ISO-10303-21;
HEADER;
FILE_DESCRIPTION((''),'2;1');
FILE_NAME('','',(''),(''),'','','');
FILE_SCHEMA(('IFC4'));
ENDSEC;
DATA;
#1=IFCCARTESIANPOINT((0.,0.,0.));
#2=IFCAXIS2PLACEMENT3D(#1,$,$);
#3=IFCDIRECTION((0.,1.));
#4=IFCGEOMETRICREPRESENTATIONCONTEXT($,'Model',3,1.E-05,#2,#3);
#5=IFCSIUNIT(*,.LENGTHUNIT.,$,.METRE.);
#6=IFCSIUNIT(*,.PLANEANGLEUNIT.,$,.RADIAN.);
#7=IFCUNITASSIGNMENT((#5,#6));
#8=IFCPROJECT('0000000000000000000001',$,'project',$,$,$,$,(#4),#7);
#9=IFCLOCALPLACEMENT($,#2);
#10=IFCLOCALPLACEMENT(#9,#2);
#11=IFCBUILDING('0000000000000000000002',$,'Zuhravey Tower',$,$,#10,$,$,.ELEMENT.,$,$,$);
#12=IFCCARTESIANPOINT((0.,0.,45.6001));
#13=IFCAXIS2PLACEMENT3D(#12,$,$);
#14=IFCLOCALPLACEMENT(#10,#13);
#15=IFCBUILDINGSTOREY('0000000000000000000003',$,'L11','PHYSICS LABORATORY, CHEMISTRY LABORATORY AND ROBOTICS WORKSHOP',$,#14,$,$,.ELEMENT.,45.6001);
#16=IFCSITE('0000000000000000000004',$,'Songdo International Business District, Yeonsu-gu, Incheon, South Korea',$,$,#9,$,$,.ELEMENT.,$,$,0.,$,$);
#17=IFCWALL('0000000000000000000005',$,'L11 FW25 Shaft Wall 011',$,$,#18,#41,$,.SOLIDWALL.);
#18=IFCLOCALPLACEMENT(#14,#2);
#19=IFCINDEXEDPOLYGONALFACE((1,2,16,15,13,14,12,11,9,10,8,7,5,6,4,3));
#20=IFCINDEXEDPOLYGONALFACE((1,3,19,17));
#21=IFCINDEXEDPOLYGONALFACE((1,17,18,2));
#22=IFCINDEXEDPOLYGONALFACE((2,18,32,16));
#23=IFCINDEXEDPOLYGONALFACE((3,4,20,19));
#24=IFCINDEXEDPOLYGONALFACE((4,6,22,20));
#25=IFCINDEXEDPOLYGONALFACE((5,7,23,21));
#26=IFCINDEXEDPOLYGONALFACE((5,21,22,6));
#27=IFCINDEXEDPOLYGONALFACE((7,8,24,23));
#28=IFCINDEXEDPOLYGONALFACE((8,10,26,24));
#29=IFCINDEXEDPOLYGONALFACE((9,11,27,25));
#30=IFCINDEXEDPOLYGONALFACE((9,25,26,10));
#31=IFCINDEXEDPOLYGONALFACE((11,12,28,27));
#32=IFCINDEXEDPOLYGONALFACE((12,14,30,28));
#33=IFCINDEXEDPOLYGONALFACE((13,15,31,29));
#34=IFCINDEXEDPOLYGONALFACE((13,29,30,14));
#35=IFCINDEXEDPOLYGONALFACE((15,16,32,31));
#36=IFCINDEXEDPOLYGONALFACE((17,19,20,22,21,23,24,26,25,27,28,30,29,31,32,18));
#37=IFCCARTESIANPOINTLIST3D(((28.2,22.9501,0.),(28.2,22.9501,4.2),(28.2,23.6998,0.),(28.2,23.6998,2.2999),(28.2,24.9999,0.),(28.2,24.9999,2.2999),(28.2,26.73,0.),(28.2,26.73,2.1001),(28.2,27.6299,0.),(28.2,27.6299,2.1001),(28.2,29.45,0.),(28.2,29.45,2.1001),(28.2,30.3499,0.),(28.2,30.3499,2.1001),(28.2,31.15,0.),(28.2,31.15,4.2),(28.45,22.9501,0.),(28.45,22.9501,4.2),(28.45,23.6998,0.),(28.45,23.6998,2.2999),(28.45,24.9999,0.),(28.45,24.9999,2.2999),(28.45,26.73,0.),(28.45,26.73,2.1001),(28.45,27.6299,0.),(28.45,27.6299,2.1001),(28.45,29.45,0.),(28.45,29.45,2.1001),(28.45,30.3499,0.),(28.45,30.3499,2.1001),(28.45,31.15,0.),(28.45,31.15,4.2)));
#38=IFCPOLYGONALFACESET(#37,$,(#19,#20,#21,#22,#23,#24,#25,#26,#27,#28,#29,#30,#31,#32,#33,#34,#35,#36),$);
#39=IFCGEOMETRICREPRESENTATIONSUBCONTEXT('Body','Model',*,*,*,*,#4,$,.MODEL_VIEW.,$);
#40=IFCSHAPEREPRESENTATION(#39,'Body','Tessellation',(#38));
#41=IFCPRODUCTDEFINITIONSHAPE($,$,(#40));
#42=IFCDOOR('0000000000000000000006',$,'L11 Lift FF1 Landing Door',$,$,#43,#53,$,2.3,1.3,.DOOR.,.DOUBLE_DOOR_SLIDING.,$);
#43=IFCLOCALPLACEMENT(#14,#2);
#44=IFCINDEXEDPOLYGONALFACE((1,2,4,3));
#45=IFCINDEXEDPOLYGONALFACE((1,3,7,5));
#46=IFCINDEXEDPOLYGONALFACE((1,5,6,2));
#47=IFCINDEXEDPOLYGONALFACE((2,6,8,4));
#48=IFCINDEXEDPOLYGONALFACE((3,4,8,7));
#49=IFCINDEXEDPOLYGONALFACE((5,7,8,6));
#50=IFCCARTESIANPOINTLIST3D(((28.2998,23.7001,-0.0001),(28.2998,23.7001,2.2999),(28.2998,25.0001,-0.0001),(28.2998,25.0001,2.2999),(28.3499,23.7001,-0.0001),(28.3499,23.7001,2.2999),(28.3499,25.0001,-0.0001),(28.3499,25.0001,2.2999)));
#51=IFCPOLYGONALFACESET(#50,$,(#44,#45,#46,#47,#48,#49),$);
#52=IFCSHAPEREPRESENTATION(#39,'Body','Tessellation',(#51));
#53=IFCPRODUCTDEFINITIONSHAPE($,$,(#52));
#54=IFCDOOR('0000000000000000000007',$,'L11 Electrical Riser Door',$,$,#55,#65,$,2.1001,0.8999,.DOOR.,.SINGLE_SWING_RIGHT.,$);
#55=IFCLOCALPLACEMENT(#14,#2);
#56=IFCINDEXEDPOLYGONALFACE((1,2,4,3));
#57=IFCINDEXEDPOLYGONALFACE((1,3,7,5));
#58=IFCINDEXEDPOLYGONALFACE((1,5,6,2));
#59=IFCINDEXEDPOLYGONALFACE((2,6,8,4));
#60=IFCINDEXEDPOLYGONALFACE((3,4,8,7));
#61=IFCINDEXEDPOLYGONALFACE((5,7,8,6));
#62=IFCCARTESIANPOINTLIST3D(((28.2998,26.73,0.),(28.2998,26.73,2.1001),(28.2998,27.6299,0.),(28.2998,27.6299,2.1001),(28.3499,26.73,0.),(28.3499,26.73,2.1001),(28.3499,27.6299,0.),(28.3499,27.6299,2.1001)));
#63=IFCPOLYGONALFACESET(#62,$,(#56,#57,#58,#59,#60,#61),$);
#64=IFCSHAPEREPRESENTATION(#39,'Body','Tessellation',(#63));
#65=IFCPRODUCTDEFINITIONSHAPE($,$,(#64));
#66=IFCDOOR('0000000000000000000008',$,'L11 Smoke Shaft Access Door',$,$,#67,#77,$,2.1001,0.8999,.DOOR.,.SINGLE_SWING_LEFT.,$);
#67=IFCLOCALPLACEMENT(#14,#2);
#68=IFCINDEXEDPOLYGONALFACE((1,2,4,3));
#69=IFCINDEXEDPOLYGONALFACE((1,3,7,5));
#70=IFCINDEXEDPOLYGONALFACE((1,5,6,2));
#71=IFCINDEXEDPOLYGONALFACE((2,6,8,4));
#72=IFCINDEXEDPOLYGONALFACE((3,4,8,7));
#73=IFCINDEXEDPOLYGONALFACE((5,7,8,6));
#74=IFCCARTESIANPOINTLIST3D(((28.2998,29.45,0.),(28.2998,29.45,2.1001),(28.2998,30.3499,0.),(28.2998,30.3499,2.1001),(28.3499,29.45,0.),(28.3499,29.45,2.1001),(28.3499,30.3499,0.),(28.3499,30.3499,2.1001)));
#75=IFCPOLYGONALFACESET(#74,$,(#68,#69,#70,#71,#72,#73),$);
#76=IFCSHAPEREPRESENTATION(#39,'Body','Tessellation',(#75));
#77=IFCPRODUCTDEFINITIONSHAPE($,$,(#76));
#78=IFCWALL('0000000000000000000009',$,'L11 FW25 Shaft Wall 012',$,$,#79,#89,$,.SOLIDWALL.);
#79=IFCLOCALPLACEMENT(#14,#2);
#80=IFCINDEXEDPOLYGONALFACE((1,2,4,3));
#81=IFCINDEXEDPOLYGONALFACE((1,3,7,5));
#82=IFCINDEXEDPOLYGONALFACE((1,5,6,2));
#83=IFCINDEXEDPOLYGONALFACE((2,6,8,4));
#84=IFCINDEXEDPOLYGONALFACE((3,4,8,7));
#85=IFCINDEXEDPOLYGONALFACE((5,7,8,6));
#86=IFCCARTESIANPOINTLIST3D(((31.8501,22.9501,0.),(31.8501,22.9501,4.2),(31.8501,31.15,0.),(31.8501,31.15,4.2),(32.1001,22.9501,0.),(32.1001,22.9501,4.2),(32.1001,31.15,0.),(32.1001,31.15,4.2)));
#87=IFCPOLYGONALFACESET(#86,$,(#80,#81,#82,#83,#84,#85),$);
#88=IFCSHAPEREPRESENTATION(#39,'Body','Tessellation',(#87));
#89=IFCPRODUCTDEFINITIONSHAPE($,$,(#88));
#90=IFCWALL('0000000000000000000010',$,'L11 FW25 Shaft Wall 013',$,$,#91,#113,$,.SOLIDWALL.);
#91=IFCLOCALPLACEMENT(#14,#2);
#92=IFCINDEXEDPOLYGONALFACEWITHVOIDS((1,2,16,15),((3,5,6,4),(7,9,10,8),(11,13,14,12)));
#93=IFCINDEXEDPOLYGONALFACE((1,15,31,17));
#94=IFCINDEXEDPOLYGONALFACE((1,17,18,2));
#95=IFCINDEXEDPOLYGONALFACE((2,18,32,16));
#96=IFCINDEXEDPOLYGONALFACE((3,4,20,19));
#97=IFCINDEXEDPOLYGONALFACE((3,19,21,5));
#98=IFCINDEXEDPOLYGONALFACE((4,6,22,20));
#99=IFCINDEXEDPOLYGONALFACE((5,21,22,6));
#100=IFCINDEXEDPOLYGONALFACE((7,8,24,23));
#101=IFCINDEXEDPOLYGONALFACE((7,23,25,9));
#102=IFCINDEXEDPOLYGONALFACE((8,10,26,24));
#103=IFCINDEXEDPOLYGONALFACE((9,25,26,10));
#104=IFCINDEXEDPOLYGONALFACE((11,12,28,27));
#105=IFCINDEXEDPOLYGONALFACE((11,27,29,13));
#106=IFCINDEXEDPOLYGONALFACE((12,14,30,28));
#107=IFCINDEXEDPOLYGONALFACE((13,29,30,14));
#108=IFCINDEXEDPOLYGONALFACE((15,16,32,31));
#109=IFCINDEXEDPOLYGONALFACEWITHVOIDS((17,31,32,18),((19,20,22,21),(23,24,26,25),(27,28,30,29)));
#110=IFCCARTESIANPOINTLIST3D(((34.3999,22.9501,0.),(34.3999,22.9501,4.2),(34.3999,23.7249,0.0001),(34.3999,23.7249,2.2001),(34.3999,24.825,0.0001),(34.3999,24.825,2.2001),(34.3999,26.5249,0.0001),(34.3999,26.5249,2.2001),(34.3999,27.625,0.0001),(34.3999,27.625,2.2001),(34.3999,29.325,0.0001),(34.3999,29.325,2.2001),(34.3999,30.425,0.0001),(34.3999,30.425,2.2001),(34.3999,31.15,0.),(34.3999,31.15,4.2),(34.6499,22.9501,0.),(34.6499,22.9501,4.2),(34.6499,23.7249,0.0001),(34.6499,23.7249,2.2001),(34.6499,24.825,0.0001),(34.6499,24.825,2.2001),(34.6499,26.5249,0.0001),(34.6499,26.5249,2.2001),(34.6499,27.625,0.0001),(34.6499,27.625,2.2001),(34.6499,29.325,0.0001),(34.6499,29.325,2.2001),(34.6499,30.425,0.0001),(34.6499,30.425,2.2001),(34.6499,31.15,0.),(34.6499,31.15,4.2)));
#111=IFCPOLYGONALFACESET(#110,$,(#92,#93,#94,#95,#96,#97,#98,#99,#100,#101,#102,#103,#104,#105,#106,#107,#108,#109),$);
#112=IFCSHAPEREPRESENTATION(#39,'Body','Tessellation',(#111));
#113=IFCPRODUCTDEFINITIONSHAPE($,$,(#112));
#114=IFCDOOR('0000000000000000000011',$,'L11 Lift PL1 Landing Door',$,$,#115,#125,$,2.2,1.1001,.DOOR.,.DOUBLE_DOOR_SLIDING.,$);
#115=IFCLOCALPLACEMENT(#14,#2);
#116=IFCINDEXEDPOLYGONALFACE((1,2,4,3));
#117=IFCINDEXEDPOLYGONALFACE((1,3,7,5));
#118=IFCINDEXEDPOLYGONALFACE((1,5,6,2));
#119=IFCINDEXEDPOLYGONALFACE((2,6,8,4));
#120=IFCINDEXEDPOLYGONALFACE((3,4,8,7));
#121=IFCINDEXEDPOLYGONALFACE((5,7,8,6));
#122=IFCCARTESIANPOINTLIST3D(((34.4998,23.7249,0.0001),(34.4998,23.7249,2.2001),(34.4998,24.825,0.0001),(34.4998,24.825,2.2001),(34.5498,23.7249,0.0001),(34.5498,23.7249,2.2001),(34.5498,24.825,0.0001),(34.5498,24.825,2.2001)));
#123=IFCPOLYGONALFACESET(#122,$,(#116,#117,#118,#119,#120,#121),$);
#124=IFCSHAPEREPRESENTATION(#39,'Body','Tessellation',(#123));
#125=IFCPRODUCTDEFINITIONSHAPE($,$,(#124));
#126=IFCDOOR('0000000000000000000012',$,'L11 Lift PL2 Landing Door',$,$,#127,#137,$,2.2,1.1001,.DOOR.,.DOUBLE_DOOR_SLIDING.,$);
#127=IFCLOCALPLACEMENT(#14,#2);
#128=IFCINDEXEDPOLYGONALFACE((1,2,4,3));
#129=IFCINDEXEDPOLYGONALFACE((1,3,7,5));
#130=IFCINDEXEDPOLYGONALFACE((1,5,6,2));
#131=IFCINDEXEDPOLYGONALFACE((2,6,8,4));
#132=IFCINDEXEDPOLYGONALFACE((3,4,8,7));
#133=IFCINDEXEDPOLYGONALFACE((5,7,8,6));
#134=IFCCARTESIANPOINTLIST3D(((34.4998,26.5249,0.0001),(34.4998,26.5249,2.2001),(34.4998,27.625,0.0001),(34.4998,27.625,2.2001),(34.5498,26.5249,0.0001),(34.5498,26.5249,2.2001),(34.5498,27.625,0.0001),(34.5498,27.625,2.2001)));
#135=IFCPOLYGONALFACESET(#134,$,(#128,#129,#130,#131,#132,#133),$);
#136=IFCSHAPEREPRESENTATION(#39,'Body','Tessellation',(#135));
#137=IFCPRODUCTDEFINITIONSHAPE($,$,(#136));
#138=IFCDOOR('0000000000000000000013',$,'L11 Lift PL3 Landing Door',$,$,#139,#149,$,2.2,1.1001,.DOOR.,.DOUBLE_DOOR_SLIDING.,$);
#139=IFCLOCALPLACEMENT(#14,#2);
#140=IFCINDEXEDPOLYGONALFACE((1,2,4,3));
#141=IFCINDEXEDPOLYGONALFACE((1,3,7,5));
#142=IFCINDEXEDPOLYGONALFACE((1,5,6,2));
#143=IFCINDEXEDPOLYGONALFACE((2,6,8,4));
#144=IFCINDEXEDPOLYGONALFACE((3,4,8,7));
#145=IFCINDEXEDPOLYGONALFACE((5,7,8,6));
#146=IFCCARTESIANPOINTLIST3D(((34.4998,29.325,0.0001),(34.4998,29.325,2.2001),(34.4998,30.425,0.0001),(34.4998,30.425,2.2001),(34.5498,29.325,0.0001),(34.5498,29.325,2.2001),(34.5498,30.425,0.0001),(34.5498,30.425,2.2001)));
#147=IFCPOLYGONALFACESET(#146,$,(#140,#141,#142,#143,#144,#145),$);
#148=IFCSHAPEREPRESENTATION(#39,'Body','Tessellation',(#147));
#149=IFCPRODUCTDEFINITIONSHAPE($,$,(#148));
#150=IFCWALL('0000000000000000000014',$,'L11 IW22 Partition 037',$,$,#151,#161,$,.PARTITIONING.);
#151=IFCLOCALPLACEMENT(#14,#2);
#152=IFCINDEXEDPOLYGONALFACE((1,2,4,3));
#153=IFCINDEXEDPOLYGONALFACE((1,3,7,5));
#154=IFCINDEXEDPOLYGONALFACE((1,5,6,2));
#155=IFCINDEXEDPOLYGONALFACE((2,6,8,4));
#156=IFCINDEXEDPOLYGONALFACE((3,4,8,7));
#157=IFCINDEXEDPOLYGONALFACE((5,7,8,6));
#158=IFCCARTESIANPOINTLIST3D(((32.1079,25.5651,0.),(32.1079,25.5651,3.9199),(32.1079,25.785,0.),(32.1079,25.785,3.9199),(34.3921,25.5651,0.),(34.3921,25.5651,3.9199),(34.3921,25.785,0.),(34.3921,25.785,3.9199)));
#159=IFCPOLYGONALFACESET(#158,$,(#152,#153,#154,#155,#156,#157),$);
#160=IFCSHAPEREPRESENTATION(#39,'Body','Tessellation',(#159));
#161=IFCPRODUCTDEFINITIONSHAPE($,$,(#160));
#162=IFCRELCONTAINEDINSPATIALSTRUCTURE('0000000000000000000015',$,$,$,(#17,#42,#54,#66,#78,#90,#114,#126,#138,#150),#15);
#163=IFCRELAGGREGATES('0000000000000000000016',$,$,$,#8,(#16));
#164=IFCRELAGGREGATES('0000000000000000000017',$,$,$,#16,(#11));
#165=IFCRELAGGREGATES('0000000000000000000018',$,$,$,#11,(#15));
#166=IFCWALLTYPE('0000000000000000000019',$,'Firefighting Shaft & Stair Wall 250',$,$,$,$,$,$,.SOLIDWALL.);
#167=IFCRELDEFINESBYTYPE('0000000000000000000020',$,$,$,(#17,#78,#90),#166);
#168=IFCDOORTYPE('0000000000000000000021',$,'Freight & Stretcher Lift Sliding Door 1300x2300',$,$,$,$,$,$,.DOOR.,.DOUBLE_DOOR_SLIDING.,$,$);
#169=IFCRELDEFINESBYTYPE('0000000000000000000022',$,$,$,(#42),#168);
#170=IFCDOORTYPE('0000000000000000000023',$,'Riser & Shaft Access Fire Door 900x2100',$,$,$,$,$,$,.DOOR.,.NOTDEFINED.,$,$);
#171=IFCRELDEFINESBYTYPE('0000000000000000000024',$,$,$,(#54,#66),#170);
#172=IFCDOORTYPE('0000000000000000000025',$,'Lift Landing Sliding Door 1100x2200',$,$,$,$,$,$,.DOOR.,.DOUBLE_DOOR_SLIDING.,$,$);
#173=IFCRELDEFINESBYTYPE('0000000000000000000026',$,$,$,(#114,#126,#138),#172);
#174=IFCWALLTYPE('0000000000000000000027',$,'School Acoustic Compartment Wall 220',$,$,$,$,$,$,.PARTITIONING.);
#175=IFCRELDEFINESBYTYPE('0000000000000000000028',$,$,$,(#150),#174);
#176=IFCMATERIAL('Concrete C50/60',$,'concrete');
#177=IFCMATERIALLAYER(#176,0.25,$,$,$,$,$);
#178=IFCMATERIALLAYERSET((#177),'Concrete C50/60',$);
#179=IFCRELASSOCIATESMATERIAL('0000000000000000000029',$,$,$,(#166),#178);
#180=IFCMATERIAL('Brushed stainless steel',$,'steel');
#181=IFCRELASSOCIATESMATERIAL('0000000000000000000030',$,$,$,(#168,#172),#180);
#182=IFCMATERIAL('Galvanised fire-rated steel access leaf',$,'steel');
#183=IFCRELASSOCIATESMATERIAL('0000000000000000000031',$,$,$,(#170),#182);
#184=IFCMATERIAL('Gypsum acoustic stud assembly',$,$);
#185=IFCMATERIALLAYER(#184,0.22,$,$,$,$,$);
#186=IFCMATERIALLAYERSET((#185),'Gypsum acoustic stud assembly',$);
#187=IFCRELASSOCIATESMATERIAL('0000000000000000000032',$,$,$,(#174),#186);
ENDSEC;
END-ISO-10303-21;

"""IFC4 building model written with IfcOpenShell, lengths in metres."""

from ifc_helpers import new_model, si_unit, direction, frame, frame_2d, origin, place, context, subcontext, project, spatial, rectangle, extrude, material, layer, layer_set, type_object, element, fill, save


model = new_model("IFC4")

# Units and contexts
model_context = context("Model", 3, precision=1e-05, world=origin(), true_north=direction((0.0, 1.0)))
body_context = subcontext(model_context, "Body", "Model", "MODEL_VIEW")
ifc_project = project(units=[si_unit("LENGTHUNIT", "METRE"), si_unit("PLANEANGLEUNIT", "RADIAN")], contexts=[model_context])

# Site, building, storey
site_placement = place(None, origin())
site = spatial("IfcSite", under=ifc_project, at=site_placement, Name="Songdo International Business District, Yeonsu-gu, Incheon, South Korea", CompositionType="ELEMENT", RefElevation=0.0)
building_placement = place(site_placement, origin())
building = spatial("IfcBuilding", under=site, at=building_placement, Name="Zuhravey Tower", CompositionType="ELEMENT")
storey_placement = place(building_placement, frame((0.0, 0.0, 45.6001)))
storey = spatial("IfcBuildingStorey", under=building, at=storey_placement, Name="L11", Description="PHYSICS LABORATORY, CHEMISTRY LABORATORY AND ROBOTICS WORKSHOP", CompositionType="ELEMENT", Elevation=45.6001)

# Shared definitions
ifc_material_1 = material(Name="Concrete C50/60", Category="concrete")
ifc_layer_1 = layer(ifc_material_1, 0.25)
ifc_layer_set_1 = layer_set([ifc_layer_1], Name="Concrete C50/60")
wall_type_1 = type_object("IfcWallType", Name="Firefighting Shaft & Stair Wall 250", PredefinedType="SOLIDWALL", material=ifc_layer_set_1)

# Wall, openings, doors
wall_1_placement = place(storey_placement, frame((28.325, 22.95, 0.0), z_axis=(0.0, 0.0, 1.0), x_axis=(0.0, 1.0, 0.0)))
wall_1 = element("IfcWall", 1, at=wall_1_placement, inside=storey, type_object=wall_type_1, Name="L11 FW25 Shaft Wall 011", PredefinedType="SOLIDWALL", context=body_context, shape_type="SweptSolid", body=[
    extrude(rectangle(XDim=8.2, YDim=0.25, at=frame_2d((4.1001, 0.0))), origin(), (0.0, 0.0, 1.0), 4.2),
])
opening_1_placement = place(wall_1_placement, frame((0.75, 0.0, 0.0)))
opening_1 = element("IfcOpeningElement", 2, at=opening_1_placement, cuts=wall_1, PredefinedType="OPENING", context=body_context, shape_type="SweptSolid", body=[
    extrude(rectangle(XDim=1.3, YDim=2.3, at=frame_2d((0.6499, 1.1499))), frame((0.0, 0.137, 0.0), z_axis=(0.0, -1.0, 0.0), x_axis=(1.0, 0.0, 0.0)), (0.0, 0.0, 1.0), 0.2739),
])
opening_2_placement = place(wall_1_placement, frame((3.78, 0.0, 0.0)))
opening_2 = element("IfcOpeningElement", 3, at=opening_2_placement, cuts=wall_1, PredefinedType="OPENING", context=body_context, shape_type="SweptSolid", body=[
    extrude(rectangle(XDim=0.8999, YDim=2.1001, at=frame_2d((0.45, 1.05))), frame((0.0, 0.137, 0.0), z_axis=(0.0, -1.0, 0.0), x_axis=(1.0, 0.0, 0.0)), (0.0, 0.0, 1.0), 0.2739),
])
opening_3_placement = place(wall_1_placement, frame((6.5, 0.0, 0.0)))
opening_3 = element("IfcOpeningElement", 4, at=opening_3_placement, cuts=wall_1, PredefinedType="OPENING", context=body_context, shape_type="SweptSolid", body=[
    extrude(rectangle(XDim=0.8999, YDim=2.1001, at=frame_2d((0.45, 1.05))), frame((0.0, 0.137, 0.0), z_axis=(0.0, -1.0, 0.0), x_axis=(1.0, 0.0, 0.0)), (0.0, 0.0, 1.0), 0.2739),
])
ifc_material_2 = material(Name="Brushed stainless steel", Category="steel")
door_type_1 = type_object("IfcDoorType", Name="Freight & Stretcher Lift Sliding Door 1300x2300", OperationType="DOUBLE_DOOR_SLIDING", PredefinedType="DOOR", material=ifc_material_2)
door_1_placement = place(opening_1_placement, frame((1.3, 0.0, 0.0), z_axis=(0.0, 0.0, 1.0), x_axis=(-1.0, 0.0, 0.0)))
door_1 = element("IfcDoor", 5, at=door_1_placement, inside=storey, type_object=door_type_1, Name="L11 Lift FF1 Landing Door", OperationType="DOUBLE_DOOR_SLIDING", OverallHeight=2.3, OverallWidth=1.3, PredefinedType="DOOR", context=body_context, shape_type="SweptSolid", body=[
    extrude(rectangle(XDim=1.3, YDim=2.3, at=frame_2d((0.6499, 1.1499))), frame((0.0, 0.0249, 0.0), z_axis=(0.0, -1.0, 0.0), x_axis=(1.0, 0.0, 0.0)), (0.0, 0.0, 1.0), 0.05),
])
fill(opening_1, door_1)
ifc_material_3 = material(Name="Galvanised fire-rated steel access leaf", Category="steel")
door_type_2 = type_object("IfcDoorType", Name="Riser & Shaft Access Fire Door 900x2100", OperationType="NOTDEFINED", PredefinedType="DOOR", material=ifc_material_3)
door_2_placement = place(opening_2_placement, frame((0.8999, 0.0, 0.0), z_axis=(0.0, 0.0, 1.0), x_axis=(-1.0, 0.0, 0.0)))
door_2 = element("IfcDoor", 6, at=door_2_placement, inside=storey, type_object=door_type_2, Name="L11 Electrical Riser Door", OperationType="SINGLE_SWING_RIGHT", OverallHeight=2.1001, OverallWidth=0.8999, PredefinedType="DOOR", context=body_context, shape_type="SweptSolid", body=[
    extrude(rectangle(XDim=0.8999, YDim=2.1001, at=frame_2d((0.45, 1.05))), frame((0.0, 0.0249, 0.0), z_axis=(0.0, -1.0, 0.0), x_axis=(1.0, 0.0, 0.0)), (0.0, 0.0, 1.0), 0.05),
])
fill(opening_2, door_2)
door_3_placement = place(opening_3_placement, frame((0.8999, 0.0, 0.0), z_axis=(0.0, 0.0, 1.0), x_axis=(-1.0, 0.0, 0.0)))
door_3 = element("IfcDoor", 7, at=door_3_placement, inside=storey, type_object=door_type_2, Name="L11 Smoke Shaft Access Door", OperationType="SINGLE_SWING_LEFT", OverallHeight=2.1001, OverallWidth=0.8999, PredefinedType="DOOR", context=body_context, shape_type="SweptSolid", body=[
    extrude(rectangle(XDim=0.8999, YDim=2.1001, at=frame_2d((0.45, 1.05))), frame((0.0, 0.0249, 0.0), z_axis=(0.0, -1.0, 0.0), x_axis=(1.0, 0.0, 0.0)), (0.0, 0.0, 1.0), 0.05),
])
fill(opening_3, door_3)

# Wall
wall_2_placement = place(storey_placement, frame((31.9751, 22.95, 0.0), z_axis=(0.0, 0.0, 1.0), x_axis=(0.0, 1.0, 0.0)))
element("IfcWall", 8, at=wall_2_placement, inside=storey, type_object=wall_type_1, Name="L11 FW25 Shaft Wall 012", PredefinedType="SOLIDWALL", context=body_context, shape_type="SweptSolid", body=[
    extrude(rectangle(XDim=8.2, YDim=0.25, at=frame_2d((4.1001, 0.0))), origin(), (0.0, 0.0, 1.0), 4.2),
])

# Wall, openings, doors
wall_3_placement = place(storey_placement, frame((34.5249, 22.95, 0.0), z_axis=(0.0, 0.0, 1.0), x_axis=(0.0, 1.0, 0.0)))
wall_3 = element("IfcWall", 9, at=wall_3_placement, inside=storey, type_object=wall_type_1, Name="L11 FW25 Shaft Wall 013", PredefinedType="SOLIDWALL", context=body_context, shape_type="SweptSolid", body=[
    extrude(rectangle(XDim=8.2, YDim=0.25, at=frame_2d((4.1001, 0.0))), origin(), (0.0, 0.0, 1.0), 4.2),
])
opening_4_placement = place(wall_3_placement, frame((0.7749, 0.0, 0.0)))
opening_4 = element("IfcOpeningElement", 10, at=opening_4_placement, cuts=wall_3, PredefinedType="OPENING", context=body_context, shape_type="SweptSolid", body=[
    extrude(rectangle(XDim=1.1001, YDim=2.2, at=frame_2d((0.55, 1.1001))), frame((0.0, 0.137, 0.0), z_axis=(0.0, -1.0, 0.0), x_axis=(1.0, 0.0, 0.0)), (0.0, 0.0, 1.0), 0.2739),
])
opening_5_placement = place(wall_3_placement, frame((3.575, 0.0, 0.0)))
opening_5 = element("IfcOpeningElement", 11, at=opening_5_placement, cuts=wall_3, PredefinedType="OPENING", context=body_context, shape_type="SweptSolid", body=[
    extrude(rectangle(XDim=1.1001, YDim=2.2, at=frame_2d((0.55, 1.1001))), frame((0.0, 0.137, 0.0), z_axis=(0.0, -1.0, 0.0), x_axis=(1.0, 0.0, 0.0)), (0.0, 0.0, 1.0), 0.2739),
])
opening_6_placement = place(wall_3_placement, frame((6.375, 0.0, 0.0)))
opening_6 = element("IfcOpeningElement", 12, at=opening_6_placement, cuts=wall_3, PredefinedType="OPENING", context=body_context, shape_type="SweptSolid", body=[
    extrude(rectangle(XDim=1.1001, YDim=2.2, at=frame_2d((0.55, 1.1001))), frame((0.0, 0.137, 0.0), z_axis=(0.0, -1.0, 0.0), x_axis=(1.0, 0.0, 0.0)), (0.0, 0.0, 1.0), 0.2739),
])
door_type_3 = type_object("IfcDoorType", Name="Lift Landing Sliding Door 1100x2200", OperationType="DOUBLE_DOOR_SLIDING", PredefinedType="DOOR", material=ifc_material_2)
door_4_placement = place(opening_4_placement, frame((1.1001, 0.0, 0.0), z_axis=(0.0, 0.0, 1.0), x_axis=(-1.0, 0.0, 0.0)))
door_4 = element("IfcDoor", 13, at=door_4_placement, inside=storey, type_object=door_type_3, Name="L11 Lift PL1 Landing Door", OperationType="DOUBLE_DOOR_SLIDING", OverallHeight=2.2, OverallWidth=1.1001, PredefinedType="DOOR", context=body_context, shape_type="SweptSolid", body=[
    extrude(rectangle(XDim=1.1001, YDim=2.2, at=frame_2d((0.55, 1.1001))), frame((0.0, 0.0249, 0.0), z_axis=(0.0, -1.0, 0.0), x_axis=(1.0, 0.0, 0.0)), (0.0, 0.0, 1.0), 0.05),
])
fill(opening_4, door_4)
door_5_placement = place(opening_5_placement, frame((1.1001, 0.0, 0.0), z_axis=(0.0, 0.0, 1.0), x_axis=(-1.0, 0.0, 0.0)))
door_5 = element("IfcDoor", 14, at=door_5_placement, inside=storey, type_object=door_type_3, Name="L11 Lift PL2 Landing Door", OperationType="DOUBLE_DOOR_SLIDING", OverallHeight=2.2, OverallWidth=1.1001, PredefinedType="DOOR", context=body_context, shape_type="SweptSolid", body=[
    extrude(rectangle(XDim=1.1001, YDim=2.2, at=frame_2d((0.55, 1.1001))), frame((0.0, 0.0249, 0.0), z_axis=(0.0, -1.0, 0.0), x_axis=(1.0, 0.0, 0.0)), (0.0, 0.0, 1.0), 0.05),
])
fill(opening_5, door_5)
door_6_placement = place(opening_6_placement, frame((1.1001, 0.0, 0.0), z_axis=(0.0, 0.0, 1.0), x_axis=(-1.0, 0.0, 0.0)))
door_6 = element("IfcDoor", 15, at=door_6_placement, inside=storey, type_object=door_type_3, Name="L11 Lift PL3 Landing Door", OperationType="DOUBLE_DOOR_SLIDING", OverallHeight=2.2, OverallWidth=1.1001, PredefinedType="DOOR", context=body_context, shape_type="SweptSolid", body=[
    extrude(rectangle(XDim=1.1001, YDim=2.2, at=frame_2d((0.55, 1.1001))), frame((0.0, 0.0249, 0.0), z_axis=(0.0, -1.0, 0.0), x_axis=(1.0, 0.0, 0.0)), (0.0, 0.0, 1.0), 0.05),
])
fill(opening_6, door_6)

# Wall
ifc_material_4 = material(Name="Gypsum acoustic stud assembly")
ifc_layer_2 = layer(ifc_material_4, 0.22)
ifc_layer_set_2 = layer_set([ifc_layer_2], Name="Gypsum acoustic stud assembly")
wall_type_2 = type_object("IfcWallType", Name="School Acoustic Compartment Wall 220", PredefinedType="PARTITIONING", material=ifc_layer_set_2)
for number, where, z_axis, x_axis, name in (
    (16, (32.1079, 25.675, 0.0), (0.0, 0.0, 1.0), (1.0, 0.0, 0.0), "L11 IW22 Partition 037"),
):
    element("IfcWall", number, at=place(storey_placement, frame(where, z_axis=z_axis, x_axis=x_axis)), inside=storey, type_object=wall_type_2, Name=name, PredefinedType="PARTITIONING", context=body_context, shape_type="SweptSolid", body=[
        extrude(rectangle(XDim=2.2842, YDim=0.22, at=frame_2d((1.1421, 0.0))), origin(), (0.0, 0.0, 1.0), 3.9199),
    ])

save(model, "model.ifc")
